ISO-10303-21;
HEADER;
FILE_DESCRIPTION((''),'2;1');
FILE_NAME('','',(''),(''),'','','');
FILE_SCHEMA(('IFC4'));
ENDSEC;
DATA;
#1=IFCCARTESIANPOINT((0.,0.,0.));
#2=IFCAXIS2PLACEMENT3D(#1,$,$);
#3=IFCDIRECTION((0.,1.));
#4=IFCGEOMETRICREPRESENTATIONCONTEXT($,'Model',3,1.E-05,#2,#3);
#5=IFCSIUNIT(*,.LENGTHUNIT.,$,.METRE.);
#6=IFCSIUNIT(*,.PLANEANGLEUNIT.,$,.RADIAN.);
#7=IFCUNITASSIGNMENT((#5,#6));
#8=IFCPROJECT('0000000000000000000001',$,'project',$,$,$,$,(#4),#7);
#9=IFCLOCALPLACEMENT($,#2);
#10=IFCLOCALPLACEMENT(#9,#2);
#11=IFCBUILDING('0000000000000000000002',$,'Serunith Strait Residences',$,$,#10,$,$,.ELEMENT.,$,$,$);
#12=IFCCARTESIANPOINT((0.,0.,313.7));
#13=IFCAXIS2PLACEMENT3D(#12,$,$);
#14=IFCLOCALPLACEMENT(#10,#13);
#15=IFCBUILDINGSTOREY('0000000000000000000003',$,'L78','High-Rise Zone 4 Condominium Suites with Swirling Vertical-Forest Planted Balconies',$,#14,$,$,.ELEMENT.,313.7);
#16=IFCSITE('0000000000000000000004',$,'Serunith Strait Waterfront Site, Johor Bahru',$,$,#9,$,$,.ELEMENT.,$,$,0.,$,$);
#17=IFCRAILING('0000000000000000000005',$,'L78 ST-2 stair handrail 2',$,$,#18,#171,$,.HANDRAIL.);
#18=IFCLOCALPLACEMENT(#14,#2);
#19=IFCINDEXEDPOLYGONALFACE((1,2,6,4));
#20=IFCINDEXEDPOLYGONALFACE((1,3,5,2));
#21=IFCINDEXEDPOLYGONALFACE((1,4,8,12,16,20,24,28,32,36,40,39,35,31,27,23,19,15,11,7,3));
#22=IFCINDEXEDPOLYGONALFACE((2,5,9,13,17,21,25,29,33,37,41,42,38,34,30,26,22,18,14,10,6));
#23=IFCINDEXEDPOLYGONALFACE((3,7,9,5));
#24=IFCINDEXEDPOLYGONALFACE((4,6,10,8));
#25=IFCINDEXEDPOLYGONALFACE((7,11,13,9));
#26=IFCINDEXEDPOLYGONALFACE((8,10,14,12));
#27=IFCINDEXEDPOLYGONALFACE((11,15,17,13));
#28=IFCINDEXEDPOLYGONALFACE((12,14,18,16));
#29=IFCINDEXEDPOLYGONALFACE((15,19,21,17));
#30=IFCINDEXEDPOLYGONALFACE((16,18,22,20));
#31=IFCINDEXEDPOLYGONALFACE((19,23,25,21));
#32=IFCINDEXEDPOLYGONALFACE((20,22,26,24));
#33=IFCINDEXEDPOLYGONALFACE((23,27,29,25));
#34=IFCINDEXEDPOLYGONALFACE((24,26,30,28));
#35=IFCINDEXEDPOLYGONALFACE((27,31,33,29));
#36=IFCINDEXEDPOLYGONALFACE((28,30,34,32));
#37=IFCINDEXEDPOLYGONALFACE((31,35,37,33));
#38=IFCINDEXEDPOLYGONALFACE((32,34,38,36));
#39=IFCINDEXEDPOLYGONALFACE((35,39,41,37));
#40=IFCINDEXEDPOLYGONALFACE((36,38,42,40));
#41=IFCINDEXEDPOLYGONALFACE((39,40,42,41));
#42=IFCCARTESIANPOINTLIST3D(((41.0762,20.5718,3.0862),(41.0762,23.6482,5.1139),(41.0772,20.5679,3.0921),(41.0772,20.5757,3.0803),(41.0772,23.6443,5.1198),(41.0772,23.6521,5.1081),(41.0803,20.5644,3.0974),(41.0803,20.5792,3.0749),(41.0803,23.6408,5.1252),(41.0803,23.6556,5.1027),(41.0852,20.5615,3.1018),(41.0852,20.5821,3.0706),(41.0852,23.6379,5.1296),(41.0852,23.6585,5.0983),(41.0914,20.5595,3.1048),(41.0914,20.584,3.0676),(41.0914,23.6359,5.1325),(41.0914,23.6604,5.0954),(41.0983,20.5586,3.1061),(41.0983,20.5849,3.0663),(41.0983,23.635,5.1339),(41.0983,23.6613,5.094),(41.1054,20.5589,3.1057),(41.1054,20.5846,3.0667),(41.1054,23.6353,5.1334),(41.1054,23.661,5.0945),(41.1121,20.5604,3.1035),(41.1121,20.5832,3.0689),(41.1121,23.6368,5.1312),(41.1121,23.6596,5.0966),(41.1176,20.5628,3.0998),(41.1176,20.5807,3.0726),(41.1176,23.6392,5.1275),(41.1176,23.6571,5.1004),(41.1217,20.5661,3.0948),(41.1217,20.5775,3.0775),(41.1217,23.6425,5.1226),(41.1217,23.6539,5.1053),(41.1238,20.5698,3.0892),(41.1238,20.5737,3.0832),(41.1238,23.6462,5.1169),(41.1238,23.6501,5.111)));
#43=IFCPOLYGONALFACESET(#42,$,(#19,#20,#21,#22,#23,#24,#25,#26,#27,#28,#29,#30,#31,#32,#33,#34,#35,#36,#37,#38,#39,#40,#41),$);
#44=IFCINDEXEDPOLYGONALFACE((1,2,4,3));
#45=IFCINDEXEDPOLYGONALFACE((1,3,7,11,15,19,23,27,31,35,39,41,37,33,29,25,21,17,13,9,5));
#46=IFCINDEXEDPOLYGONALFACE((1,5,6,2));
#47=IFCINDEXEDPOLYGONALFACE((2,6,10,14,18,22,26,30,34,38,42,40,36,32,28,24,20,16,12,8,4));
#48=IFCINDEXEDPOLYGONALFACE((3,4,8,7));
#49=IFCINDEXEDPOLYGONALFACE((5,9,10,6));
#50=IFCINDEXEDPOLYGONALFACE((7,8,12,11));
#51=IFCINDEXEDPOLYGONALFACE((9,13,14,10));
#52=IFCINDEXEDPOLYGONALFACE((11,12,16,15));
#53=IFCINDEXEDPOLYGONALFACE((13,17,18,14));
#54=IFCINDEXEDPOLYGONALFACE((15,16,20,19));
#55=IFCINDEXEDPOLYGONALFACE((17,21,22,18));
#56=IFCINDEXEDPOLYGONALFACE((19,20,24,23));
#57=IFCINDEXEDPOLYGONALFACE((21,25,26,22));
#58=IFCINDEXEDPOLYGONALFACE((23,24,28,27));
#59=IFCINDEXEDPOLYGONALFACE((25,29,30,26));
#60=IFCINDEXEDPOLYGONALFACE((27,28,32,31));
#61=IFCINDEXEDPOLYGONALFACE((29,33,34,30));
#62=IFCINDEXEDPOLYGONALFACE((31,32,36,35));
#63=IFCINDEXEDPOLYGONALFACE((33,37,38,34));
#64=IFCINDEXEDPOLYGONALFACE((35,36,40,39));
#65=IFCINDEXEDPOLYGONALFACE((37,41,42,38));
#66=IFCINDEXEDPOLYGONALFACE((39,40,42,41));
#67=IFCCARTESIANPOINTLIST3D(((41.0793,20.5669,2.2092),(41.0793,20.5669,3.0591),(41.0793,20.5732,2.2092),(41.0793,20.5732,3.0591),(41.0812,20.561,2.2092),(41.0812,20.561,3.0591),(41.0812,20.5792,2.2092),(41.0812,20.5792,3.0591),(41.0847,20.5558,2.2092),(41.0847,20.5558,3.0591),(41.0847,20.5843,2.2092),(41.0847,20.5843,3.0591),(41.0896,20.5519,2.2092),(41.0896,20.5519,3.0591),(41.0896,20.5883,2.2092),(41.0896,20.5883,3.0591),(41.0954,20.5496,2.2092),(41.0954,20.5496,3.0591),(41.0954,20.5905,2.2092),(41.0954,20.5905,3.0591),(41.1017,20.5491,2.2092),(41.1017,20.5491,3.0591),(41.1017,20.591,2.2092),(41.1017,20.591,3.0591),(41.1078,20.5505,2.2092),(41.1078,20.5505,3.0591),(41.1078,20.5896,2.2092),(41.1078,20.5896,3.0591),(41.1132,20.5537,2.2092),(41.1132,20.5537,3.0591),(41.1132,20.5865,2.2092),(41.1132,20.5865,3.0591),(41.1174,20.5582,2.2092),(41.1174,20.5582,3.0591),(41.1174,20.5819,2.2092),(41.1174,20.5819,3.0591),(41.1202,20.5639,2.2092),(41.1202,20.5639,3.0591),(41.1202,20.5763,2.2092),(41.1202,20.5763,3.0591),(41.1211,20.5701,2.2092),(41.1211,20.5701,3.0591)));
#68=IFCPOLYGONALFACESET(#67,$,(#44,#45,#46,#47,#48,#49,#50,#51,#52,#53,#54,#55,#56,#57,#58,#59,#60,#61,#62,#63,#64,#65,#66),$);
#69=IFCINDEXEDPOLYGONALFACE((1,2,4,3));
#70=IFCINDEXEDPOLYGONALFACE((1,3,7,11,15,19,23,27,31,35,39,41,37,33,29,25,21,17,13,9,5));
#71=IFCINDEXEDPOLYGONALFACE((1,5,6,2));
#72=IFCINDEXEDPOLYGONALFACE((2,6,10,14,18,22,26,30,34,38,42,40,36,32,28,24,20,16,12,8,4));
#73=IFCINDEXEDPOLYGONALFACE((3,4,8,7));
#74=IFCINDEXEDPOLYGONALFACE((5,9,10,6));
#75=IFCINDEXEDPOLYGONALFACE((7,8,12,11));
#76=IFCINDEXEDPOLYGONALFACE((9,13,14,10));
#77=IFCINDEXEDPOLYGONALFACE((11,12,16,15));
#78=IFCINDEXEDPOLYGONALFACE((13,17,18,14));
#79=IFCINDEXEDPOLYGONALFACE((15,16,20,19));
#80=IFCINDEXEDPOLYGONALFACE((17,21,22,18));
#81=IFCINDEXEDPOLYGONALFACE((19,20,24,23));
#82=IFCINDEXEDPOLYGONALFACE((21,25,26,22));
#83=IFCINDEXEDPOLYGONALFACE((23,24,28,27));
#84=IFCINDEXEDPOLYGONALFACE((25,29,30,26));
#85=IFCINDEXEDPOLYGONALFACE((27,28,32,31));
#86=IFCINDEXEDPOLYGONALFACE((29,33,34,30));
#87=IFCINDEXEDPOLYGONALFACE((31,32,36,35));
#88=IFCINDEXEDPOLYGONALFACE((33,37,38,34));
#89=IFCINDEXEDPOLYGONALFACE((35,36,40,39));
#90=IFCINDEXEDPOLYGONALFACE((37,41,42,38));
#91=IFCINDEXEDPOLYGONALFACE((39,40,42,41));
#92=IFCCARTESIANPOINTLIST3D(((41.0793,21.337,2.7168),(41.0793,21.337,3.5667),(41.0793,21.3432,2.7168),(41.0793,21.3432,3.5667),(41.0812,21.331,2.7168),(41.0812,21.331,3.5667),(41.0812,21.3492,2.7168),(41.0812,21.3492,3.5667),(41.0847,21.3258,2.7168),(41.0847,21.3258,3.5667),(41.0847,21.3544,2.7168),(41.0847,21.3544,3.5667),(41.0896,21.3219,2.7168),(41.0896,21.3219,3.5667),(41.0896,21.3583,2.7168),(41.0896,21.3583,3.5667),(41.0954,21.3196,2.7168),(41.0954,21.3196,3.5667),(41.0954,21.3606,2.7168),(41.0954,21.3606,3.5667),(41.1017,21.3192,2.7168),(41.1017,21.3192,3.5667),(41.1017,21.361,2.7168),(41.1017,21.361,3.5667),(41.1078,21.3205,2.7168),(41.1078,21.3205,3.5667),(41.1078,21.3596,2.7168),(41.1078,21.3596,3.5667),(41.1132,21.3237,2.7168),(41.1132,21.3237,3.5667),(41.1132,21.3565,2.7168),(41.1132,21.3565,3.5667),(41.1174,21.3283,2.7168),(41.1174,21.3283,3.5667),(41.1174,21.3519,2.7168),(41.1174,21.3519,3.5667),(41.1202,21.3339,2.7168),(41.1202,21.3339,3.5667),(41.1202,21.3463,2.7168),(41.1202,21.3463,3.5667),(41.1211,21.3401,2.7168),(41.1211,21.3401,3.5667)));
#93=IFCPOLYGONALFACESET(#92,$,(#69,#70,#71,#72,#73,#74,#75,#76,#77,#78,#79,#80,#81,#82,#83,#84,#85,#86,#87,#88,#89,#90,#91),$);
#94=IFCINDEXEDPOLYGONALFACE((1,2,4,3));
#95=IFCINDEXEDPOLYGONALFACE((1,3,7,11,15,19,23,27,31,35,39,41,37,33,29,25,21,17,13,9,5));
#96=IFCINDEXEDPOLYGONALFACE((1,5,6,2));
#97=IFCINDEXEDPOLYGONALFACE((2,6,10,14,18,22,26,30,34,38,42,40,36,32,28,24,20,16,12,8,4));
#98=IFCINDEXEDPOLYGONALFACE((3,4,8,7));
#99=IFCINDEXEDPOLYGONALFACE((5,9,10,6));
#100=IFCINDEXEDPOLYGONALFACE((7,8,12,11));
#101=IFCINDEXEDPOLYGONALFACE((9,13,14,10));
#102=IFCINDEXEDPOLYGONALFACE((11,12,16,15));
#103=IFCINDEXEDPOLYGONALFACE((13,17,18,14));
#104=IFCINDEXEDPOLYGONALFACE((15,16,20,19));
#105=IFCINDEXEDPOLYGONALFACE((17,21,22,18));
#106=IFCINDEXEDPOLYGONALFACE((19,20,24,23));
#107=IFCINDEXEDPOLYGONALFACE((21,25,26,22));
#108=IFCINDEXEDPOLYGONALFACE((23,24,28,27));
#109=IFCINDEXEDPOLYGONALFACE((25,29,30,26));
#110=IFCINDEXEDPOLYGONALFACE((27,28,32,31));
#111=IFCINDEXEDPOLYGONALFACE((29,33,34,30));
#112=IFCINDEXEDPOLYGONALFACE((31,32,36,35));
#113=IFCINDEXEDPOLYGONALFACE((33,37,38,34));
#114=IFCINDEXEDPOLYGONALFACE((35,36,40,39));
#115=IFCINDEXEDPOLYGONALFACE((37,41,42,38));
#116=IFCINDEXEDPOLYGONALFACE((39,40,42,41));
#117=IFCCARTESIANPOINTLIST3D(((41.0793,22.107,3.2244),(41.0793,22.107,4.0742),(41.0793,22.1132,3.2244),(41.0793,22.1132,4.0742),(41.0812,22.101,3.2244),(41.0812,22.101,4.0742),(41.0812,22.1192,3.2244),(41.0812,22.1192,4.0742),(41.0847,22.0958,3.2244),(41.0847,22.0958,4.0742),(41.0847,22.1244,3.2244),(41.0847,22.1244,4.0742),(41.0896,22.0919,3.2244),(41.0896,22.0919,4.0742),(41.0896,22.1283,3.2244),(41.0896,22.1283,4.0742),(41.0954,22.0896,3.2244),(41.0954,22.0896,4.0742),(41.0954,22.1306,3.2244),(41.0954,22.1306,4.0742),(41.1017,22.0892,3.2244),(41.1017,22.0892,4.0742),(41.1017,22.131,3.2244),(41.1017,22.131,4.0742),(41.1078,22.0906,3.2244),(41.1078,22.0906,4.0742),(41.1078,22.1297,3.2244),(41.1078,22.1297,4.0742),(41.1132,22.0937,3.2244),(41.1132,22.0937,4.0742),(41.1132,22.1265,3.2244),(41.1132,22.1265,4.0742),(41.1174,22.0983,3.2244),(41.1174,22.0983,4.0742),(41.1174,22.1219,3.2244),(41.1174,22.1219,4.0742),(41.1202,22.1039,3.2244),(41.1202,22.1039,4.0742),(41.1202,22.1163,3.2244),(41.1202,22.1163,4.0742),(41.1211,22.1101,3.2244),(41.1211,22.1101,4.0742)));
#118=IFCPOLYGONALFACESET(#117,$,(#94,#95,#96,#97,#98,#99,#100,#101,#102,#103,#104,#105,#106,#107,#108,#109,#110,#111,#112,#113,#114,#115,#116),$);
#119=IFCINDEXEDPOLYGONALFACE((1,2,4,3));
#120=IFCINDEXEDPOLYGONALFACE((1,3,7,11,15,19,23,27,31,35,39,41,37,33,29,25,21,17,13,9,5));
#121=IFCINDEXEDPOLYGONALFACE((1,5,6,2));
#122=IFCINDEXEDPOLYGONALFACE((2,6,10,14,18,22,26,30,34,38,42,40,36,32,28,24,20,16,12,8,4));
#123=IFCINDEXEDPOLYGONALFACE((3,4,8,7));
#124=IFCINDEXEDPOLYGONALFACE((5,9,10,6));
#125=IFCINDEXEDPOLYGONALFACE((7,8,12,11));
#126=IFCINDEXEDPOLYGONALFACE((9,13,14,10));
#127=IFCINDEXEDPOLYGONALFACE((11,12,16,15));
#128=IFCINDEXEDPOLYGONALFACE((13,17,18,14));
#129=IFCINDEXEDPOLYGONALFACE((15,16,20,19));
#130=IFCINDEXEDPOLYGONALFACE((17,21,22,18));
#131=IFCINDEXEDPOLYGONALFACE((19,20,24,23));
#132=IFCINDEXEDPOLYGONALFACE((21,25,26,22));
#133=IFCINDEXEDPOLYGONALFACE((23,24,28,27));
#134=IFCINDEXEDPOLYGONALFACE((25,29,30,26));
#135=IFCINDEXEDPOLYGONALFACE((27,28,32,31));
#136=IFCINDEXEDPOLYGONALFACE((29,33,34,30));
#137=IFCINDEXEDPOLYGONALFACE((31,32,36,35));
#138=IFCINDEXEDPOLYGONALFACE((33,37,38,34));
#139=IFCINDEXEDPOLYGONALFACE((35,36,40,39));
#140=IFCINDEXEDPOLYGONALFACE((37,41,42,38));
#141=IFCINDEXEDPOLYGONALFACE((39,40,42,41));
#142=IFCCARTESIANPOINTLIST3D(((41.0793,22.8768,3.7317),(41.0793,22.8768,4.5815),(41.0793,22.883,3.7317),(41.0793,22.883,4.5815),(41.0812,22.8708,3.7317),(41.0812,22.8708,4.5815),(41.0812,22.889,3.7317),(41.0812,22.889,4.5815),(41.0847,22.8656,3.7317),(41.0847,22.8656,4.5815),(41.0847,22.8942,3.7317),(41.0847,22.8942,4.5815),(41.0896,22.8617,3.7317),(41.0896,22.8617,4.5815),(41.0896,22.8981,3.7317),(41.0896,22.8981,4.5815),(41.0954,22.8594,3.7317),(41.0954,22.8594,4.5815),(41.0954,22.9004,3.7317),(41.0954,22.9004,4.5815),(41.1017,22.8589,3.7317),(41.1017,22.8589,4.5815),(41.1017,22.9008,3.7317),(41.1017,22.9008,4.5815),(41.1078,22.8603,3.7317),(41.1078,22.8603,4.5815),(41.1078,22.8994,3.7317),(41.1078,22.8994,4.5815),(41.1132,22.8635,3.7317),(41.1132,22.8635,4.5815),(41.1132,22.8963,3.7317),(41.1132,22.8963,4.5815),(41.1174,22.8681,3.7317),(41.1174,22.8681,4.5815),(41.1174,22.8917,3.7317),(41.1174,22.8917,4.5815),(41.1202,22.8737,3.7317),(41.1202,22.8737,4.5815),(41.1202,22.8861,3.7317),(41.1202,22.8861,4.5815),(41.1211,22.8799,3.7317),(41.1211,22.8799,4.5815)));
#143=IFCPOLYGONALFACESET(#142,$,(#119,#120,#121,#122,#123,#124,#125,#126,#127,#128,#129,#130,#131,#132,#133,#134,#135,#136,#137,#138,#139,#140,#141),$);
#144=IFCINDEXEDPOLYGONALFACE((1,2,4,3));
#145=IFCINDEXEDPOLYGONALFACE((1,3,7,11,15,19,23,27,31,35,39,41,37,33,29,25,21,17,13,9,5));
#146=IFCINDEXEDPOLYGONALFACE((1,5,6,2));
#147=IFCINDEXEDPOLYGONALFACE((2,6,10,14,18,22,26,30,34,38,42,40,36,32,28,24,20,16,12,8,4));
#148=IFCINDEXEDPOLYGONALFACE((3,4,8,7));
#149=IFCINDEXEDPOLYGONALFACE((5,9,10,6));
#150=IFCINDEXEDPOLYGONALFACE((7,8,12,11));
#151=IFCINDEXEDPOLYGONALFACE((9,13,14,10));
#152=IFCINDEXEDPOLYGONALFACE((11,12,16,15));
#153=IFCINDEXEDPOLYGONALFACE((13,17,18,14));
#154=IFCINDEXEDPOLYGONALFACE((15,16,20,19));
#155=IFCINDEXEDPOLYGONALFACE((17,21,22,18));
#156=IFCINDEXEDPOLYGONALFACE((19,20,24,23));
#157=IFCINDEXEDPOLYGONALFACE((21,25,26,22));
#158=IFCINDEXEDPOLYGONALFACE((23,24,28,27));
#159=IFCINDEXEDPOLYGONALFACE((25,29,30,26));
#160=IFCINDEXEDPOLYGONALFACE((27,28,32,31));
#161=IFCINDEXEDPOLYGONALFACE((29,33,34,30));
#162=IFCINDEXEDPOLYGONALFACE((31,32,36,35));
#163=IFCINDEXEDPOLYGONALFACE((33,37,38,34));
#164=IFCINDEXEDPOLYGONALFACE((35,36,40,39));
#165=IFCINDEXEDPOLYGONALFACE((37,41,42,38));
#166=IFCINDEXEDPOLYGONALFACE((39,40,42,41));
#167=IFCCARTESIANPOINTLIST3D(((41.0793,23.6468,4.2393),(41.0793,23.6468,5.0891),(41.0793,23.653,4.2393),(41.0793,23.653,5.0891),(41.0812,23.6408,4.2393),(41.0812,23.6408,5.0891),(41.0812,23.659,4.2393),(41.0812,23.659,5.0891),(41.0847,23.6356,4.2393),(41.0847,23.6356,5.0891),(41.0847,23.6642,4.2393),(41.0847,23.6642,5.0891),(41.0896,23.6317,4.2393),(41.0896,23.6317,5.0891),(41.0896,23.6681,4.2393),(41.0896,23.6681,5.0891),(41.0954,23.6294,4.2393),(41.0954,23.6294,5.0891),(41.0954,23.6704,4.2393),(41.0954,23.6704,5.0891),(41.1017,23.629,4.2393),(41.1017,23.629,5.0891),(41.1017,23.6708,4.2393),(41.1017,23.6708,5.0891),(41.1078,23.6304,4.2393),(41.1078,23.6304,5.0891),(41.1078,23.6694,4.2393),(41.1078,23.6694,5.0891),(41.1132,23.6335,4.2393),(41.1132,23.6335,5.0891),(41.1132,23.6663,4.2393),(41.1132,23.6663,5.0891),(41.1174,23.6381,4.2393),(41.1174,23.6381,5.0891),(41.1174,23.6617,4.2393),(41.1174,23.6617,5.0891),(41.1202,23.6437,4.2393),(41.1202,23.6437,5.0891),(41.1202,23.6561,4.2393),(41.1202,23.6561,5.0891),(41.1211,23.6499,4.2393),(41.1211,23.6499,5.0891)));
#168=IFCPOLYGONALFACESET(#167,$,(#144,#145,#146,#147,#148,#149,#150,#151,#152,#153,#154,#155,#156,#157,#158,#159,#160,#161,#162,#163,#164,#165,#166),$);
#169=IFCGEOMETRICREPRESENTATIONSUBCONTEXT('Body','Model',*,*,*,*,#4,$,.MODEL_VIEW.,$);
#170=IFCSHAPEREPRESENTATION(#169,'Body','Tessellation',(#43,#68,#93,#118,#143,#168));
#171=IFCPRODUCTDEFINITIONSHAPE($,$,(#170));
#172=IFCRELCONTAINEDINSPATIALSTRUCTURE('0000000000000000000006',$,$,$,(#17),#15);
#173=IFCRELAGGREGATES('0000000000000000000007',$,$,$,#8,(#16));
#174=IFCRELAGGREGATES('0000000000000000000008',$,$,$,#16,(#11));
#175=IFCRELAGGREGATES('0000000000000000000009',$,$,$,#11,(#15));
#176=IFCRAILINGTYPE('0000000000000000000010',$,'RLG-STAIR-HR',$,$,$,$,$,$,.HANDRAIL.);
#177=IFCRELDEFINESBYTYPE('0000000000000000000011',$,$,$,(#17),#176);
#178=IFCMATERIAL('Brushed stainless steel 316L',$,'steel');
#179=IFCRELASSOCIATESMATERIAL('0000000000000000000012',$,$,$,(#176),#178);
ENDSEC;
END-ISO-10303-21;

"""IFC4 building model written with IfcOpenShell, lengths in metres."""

from ifc_helpers import new_model, si_unit, direction, frame, origin, origin_2d, place, context, subcontext, project, spatial, circle, extrude, material, type_object, element, save


model = new_model("IFC4")

# Units and contexts
model_context = context("Model", 3, precision=1e-05, world=origin(), true_north=direction((0.0, 1.0)))
body_context = subcontext(model_context, "Body", "Model", "MODEL_VIEW")
ifc_project = project(units=[si_unit("LENGTHUNIT", "METRE"), si_unit("PLANEANGLEUNIT", "RADIAN")], contexts=[model_context])

# Site, building, storey
site_placement = place(None, origin())
site = spatial("IfcSite", under=ifc_project, at=site_placement, Name="Serunith Strait Waterfront Site, Johor Bahru", CompositionType="ELEMENT", RefElevation=0.0)
building_placement = place(site_placement, origin())
building = spatial("IfcBuilding", under=site, at=building_placement, Name="Serunith Strait Residences", CompositionType="ELEMENT")
storey_placement = place(building_placement, frame((0.0, 0.0, 313.7)))
storey = spatial("IfcBuildingStorey", under=building, at=storey_placement, Name="L78", Description="High-Rise Zone 4 Condominium Suites with Swirling Vertical-Forest Planted Balconies", CompositionType="ELEMENT", Elevation=313.7)

# Railing
ifc_material_1 = material(Name="Brushed stainless steel 316L", Category="steel")
railing_type_1 = type_object("IfcRailingType", Name="RLG-STAIR-HR", PredefinedType="HANDRAIL", material=ifc_material_1)
railing_1_placement = place(storey_placement, frame((41.1001, 20.5701, 2.2092)))
element("IfcRailing", 1, at=railing_1_placement, inside=storey, type_object=railing_type_1, Name="L78 ST-2 stair handrail 2", PredefinedType="HANDRAIL", context=body_context, shape_type="SweptSolid", body=[
    extrude(circle(Radius=0.0239, at=origin_2d()), frame((0.0, 0.0017, 0.877), z_axis=(0.0, 0.834941, 0.55034), x_axis=(-1.0, 0.0, 0.0)), (0.0, 0.0, 1.0), 3.6846),
    extrude(circle(Radius=0.021, at=origin_2d()), origin(), (0.0, 0.0, 1.0), 0.8499),
    extrude(circle(Radius=0.021, at=origin_2d()), frame((0.0, 0.77, 0.5076)), (0.0, 0.0, 1.0), 0.8499),
    extrude(circle(Radius=0.021, at=origin_2d()), frame((0.0, 1.54, 1.0151)), (0.0, 0.0, 1.0), 0.8499),
    extrude(circle(Radius=0.021, at=origin_2d()), frame((0.0, 2.3098, 1.5225)), (0.0, 0.0, 1.0), 0.8499),
    extrude(circle(Radius=0.021, at=origin_2d()), frame((0.0, 3.0798, 2.03)), (0.0, 0.0, 1.0), 0.8499),
])

save(model, "model.ifc")
